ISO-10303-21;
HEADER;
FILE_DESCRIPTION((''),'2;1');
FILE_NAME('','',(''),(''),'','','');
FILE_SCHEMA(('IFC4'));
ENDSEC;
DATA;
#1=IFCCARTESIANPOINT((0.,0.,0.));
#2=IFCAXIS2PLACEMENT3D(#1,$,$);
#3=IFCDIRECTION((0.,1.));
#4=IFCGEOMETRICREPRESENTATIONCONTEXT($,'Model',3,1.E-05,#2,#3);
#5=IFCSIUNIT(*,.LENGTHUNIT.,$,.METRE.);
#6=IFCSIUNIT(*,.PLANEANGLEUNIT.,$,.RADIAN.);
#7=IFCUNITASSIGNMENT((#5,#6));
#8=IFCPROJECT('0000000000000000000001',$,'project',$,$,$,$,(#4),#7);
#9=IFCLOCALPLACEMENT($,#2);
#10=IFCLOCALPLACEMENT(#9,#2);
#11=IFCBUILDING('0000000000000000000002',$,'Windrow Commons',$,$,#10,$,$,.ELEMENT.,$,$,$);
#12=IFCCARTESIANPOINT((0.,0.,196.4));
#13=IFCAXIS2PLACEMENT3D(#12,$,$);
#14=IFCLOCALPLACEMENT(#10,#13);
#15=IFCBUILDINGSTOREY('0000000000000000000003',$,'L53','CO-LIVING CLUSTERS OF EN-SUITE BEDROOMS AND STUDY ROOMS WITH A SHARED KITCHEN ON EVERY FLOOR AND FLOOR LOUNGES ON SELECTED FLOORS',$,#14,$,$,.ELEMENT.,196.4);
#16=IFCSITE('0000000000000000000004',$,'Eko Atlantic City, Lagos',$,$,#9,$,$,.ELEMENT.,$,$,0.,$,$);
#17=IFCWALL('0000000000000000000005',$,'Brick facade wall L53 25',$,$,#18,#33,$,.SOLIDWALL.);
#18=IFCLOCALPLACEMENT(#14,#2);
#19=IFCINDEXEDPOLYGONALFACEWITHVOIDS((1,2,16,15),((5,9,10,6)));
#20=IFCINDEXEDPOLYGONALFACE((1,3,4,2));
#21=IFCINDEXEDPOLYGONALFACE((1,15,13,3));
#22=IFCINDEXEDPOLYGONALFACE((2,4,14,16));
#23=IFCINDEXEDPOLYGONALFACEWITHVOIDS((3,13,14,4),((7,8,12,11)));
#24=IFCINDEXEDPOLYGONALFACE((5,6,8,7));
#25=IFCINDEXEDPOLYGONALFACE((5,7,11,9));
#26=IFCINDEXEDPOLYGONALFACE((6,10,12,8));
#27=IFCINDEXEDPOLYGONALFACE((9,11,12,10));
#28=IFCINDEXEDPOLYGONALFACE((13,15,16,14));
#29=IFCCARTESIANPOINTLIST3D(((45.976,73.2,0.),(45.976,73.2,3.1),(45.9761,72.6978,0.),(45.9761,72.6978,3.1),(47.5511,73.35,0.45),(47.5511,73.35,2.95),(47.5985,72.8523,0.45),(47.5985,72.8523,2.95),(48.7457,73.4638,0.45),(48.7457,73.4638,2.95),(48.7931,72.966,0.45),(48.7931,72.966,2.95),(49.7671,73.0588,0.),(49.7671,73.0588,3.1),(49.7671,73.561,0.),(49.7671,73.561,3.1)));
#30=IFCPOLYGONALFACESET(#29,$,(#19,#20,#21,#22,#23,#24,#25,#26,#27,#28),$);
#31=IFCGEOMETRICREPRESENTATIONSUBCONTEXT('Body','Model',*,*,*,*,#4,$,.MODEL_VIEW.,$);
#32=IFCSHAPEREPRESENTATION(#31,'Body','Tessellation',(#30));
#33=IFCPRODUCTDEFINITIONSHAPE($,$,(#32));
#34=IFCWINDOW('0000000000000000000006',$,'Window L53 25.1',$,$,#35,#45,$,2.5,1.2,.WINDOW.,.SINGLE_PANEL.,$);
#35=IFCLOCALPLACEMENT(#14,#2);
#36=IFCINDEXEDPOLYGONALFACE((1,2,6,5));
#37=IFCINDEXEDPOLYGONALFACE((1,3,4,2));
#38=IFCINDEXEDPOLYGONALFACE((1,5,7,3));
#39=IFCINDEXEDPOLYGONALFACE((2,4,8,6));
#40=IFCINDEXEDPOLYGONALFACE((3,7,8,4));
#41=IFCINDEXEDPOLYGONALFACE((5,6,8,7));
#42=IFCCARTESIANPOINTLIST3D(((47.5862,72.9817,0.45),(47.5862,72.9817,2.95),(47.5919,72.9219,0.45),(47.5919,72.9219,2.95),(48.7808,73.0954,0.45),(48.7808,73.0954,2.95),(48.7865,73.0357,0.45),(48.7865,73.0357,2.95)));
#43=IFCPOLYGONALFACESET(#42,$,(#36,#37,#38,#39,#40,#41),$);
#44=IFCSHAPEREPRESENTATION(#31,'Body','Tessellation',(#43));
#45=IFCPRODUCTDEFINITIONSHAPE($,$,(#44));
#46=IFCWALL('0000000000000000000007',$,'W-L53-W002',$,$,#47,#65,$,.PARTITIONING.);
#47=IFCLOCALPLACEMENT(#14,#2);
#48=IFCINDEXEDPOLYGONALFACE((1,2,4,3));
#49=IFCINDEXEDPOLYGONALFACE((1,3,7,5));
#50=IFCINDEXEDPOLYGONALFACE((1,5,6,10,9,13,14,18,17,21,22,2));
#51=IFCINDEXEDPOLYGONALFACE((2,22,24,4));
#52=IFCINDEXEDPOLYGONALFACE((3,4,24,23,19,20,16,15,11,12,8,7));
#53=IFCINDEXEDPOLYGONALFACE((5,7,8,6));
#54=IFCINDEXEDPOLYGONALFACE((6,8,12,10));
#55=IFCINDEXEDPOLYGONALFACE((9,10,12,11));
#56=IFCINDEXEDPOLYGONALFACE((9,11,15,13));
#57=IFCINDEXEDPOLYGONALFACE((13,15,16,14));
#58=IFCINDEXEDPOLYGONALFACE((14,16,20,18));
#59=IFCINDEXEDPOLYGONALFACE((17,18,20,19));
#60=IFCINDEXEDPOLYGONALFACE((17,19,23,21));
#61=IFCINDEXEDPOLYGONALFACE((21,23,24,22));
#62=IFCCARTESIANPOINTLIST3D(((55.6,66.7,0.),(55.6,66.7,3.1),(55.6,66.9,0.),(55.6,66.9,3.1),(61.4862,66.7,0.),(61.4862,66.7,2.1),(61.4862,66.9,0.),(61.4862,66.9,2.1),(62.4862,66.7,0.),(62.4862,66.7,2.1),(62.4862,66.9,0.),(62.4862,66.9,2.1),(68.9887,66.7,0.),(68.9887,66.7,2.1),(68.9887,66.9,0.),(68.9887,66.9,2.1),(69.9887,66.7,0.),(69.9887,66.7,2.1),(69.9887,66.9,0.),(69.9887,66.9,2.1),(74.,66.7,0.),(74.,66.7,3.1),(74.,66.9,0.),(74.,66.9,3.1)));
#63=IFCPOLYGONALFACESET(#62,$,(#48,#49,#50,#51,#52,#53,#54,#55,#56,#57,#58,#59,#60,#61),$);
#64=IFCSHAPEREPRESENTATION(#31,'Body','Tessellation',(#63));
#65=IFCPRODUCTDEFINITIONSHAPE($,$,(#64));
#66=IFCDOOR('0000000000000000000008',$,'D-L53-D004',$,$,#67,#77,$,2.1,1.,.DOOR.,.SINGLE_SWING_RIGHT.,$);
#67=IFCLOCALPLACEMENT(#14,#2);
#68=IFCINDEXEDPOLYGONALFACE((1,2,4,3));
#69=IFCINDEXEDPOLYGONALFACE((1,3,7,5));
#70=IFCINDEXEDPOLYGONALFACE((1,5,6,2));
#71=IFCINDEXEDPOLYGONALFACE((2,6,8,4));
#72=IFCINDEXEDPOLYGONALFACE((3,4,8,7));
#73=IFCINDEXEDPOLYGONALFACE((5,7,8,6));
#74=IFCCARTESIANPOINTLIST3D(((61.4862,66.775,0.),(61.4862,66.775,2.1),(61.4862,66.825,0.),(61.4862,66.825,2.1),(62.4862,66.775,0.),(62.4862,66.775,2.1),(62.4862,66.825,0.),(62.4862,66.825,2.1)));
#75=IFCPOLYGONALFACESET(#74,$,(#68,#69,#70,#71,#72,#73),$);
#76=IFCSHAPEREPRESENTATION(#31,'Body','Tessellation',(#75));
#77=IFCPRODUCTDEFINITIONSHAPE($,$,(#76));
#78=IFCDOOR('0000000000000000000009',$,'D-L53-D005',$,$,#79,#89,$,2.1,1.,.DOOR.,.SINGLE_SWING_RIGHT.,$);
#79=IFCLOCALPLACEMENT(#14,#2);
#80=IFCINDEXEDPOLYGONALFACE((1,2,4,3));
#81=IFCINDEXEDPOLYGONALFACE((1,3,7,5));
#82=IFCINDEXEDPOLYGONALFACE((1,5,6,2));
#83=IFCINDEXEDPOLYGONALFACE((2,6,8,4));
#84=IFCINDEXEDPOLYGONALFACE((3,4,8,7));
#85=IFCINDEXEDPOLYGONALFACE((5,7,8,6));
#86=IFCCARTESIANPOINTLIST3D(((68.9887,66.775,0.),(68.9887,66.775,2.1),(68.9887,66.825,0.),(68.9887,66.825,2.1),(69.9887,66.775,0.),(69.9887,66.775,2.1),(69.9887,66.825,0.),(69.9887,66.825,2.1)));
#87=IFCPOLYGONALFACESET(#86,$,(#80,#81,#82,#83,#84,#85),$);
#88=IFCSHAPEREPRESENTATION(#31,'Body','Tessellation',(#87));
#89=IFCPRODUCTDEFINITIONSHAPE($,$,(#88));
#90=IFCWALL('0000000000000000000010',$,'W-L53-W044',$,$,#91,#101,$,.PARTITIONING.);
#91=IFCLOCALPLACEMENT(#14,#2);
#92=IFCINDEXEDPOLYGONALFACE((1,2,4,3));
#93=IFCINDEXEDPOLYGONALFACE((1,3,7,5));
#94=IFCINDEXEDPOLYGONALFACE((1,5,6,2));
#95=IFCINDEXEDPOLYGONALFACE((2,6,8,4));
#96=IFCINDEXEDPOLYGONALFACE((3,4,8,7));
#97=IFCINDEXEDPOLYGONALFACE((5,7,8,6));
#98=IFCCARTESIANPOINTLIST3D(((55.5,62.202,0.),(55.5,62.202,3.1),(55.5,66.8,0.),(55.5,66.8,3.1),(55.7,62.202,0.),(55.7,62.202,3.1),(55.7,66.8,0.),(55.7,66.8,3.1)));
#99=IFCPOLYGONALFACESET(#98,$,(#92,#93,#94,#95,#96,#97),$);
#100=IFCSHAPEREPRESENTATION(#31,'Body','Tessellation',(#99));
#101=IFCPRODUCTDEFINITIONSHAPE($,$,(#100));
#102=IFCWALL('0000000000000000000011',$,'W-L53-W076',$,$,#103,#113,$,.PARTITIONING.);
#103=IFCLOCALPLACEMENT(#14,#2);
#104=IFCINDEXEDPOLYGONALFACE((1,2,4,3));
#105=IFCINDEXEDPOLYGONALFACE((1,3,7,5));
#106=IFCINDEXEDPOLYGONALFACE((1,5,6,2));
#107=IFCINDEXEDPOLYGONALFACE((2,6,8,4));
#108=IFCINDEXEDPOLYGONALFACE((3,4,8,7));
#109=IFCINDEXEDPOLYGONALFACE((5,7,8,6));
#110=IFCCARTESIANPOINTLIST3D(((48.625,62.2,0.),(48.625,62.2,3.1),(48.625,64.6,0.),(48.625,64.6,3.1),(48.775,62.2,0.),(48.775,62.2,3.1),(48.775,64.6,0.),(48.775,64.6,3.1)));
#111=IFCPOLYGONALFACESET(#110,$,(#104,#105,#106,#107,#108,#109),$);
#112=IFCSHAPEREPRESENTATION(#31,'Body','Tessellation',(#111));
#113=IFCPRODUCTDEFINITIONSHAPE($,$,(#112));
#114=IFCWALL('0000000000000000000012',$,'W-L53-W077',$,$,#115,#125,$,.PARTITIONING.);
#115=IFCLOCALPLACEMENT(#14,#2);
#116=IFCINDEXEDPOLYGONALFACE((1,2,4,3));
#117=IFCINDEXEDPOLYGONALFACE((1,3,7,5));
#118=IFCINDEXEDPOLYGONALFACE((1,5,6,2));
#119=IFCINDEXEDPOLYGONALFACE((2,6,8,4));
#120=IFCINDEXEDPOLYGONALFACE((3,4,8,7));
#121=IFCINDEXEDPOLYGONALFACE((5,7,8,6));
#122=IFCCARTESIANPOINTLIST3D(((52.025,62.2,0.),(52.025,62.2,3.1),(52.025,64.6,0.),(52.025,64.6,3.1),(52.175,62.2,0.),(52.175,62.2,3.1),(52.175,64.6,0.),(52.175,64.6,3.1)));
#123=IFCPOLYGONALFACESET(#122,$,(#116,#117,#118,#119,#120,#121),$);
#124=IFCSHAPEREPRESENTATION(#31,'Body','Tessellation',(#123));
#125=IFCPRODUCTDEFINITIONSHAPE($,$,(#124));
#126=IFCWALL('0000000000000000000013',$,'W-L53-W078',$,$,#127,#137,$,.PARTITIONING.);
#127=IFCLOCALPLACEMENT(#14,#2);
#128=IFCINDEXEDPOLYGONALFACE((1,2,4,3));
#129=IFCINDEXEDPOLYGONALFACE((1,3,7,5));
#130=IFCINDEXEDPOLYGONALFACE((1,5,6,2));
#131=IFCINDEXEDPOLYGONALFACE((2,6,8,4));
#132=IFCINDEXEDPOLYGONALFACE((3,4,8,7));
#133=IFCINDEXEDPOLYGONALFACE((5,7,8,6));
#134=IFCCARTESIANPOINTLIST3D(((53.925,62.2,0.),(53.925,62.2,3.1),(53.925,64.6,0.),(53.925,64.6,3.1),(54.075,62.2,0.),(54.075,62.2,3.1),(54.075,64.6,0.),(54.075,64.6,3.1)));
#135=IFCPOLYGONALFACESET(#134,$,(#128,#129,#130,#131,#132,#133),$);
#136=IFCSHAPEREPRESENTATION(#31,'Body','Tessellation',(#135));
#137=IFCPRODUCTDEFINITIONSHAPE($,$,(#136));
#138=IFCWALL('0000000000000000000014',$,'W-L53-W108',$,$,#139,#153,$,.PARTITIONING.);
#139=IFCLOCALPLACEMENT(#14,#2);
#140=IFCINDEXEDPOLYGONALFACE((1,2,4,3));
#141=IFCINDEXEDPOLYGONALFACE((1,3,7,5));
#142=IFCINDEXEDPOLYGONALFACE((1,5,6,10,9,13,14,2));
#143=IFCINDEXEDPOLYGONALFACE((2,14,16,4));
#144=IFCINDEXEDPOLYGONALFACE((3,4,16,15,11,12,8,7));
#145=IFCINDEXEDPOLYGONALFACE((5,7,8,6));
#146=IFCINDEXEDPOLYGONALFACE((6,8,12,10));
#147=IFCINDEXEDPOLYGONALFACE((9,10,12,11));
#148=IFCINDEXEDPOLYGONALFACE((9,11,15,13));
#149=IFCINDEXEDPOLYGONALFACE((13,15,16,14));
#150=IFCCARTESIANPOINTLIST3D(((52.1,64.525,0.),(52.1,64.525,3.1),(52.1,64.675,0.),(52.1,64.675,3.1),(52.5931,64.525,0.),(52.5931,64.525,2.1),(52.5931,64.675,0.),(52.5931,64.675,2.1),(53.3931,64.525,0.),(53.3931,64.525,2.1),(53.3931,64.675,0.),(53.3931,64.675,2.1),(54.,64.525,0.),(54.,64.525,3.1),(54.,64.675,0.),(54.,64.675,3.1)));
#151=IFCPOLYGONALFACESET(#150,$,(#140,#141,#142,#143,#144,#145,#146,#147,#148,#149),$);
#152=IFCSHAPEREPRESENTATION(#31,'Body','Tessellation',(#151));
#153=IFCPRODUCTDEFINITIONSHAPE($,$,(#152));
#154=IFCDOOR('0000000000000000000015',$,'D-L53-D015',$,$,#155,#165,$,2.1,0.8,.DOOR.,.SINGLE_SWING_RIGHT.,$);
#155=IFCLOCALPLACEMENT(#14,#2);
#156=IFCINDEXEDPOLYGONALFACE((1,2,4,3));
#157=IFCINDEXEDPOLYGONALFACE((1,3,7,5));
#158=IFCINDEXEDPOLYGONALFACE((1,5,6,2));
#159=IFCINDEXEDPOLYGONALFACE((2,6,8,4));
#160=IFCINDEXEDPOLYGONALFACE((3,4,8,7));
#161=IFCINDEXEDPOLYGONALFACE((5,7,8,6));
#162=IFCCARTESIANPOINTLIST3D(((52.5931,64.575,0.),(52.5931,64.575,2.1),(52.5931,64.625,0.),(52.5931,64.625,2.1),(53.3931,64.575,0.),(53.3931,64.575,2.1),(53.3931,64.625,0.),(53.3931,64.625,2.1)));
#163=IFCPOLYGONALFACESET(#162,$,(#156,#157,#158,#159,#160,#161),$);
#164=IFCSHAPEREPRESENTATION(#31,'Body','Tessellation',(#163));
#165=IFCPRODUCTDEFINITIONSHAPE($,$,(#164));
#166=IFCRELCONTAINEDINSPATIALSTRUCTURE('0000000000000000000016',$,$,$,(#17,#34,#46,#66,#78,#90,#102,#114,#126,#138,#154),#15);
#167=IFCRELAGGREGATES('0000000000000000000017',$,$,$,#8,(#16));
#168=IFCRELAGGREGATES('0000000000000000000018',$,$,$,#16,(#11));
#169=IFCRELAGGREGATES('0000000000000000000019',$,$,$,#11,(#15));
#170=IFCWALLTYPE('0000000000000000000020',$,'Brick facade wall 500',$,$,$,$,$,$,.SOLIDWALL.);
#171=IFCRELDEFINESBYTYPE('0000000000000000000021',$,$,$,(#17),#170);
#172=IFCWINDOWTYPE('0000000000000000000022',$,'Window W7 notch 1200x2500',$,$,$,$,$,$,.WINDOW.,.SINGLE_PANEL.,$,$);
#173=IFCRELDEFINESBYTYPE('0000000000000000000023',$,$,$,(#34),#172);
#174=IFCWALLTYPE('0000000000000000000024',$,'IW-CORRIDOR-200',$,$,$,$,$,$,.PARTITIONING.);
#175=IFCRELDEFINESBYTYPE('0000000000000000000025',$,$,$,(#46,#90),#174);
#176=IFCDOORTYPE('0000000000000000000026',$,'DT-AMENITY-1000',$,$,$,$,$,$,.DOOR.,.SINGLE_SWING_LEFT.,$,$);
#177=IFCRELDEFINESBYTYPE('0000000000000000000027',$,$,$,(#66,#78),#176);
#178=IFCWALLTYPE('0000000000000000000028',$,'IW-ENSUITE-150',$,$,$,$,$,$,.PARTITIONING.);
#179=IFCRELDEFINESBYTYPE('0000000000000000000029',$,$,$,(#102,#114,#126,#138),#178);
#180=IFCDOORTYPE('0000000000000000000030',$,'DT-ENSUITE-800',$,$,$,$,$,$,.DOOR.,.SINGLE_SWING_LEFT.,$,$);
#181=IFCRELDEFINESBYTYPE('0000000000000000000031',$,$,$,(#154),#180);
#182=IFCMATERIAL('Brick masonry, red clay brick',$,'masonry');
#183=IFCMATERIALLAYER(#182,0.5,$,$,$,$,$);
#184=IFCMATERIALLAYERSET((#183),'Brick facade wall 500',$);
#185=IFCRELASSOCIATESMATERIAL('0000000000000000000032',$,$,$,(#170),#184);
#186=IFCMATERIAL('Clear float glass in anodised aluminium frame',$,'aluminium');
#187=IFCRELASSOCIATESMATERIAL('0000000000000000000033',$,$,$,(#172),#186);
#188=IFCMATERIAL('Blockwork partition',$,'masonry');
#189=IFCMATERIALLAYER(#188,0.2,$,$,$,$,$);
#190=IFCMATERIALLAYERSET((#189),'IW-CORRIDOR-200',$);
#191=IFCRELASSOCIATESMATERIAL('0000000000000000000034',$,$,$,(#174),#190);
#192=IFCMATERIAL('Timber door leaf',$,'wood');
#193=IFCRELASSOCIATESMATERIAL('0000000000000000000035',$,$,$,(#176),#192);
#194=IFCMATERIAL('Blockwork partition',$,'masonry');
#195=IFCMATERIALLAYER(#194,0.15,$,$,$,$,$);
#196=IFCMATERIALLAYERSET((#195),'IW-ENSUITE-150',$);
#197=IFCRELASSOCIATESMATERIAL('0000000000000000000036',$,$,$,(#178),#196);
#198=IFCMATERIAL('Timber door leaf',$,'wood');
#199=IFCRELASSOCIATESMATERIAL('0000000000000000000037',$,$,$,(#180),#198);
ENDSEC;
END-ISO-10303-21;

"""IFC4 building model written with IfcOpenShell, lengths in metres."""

from ifc_helpers import new_model, si_unit, direction, frame, frame_2d, origin, place, context, subcontext, project, spatial, polyline, rectangle, outline, extrude, material, layer, layer_set, type_object, element, fill, save


model = new_model("IFC4")

# Units and contexts
model_context = context("Model", 3, precision=1e-05, world=origin(), true_north=direction((0.0, 1.0)))
body_context = subcontext(model_context, "Body", "Model", "MODEL_VIEW")
ifc_project = project(units=[si_unit("LENGTHUNIT", "METRE"), si_unit("PLANEANGLEUNIT", "RADIAN")], contexts=[model_context])

# Site, building, storey
site_placement = place(None, origin())
site = spatial("IfcSite", under=ifc_project, at=site_placement, Name="Eko Atlantic City, Lagos", CompositionType="ELEMENT", RefElevation=0.0)
building_placement = place(site_placement, origin())
building = spatial("IfcBuilding", under=site, at=building_placement, Name="Windrow Commons", CompositionType="ELEMENT")
storey_placement = place(building_placement, frame((0.0, 0.0, 196.4)))
storey = spatial("IfcBuildingStorey", under=building, at=storey_placement, Name="L53", Description="CO-LIVING CLUSTERS OF EN-SUITE BEDROOMS AND STUDY ROOMS WITH A SHARED KITCHEN ON EVERY FLOOR AND FLOOR LOUNGES ON SELECTED FLOORS", CompositionType="ELEMENT", Elevation=196.4)

# Shared definitions
ifc_material_1 = material(Name="Brick masonry, red clay brick", Category="masonry")
ifc_layer_1 = layer(ifc_material_1, 0.5)
ifc_layer_set_1 = layer_set([ifc_layer_1], Name="Brick facade wall 500")
wall_type_1 = type_object("IfcWallType", Name="Brick facade wall 500", PredefinedType="SOLIDWALL", material=ifc_layer_set_1)

# Wall, opening, window
ifc_material_2 = material(Name="Clear float glass in anodised aluminium frame", Category="aluminium")
window_type_1 = type_object("IfcWindowType", Name="Window W7 notch 1200x2500", PartitioningType="SINGLE_PANEL", PredefinedType="WINDOW", material=ifc_material_2)
wall_1_placement = place(storey_placement, frame((49.7671, 73.3099, 0.0), z_axis=(0.0, 0.0, 1.0), x_axis=(-0.995497, -0.094797, 0.0)))
wall_1 = element("IfcWall", 1, at=wall_1_placement, inside=storey, type_object=wall_type_1, Name="Brick facade wall L53 25", PredefinedType="SOLIDWALL", context=body_context, shape_type="SweptSolid", body=[
    extrude(outline(polyline([(-0.0238, -0.25), (3.7844, -0.25), (3.832, 0.25), (0.0238, 0.25), (-0.0238, -0.25)])), origin(), (0.0, 0.0, 1.0), 3.1),
])
opening_1_placement = place(wall_1_placement, frame((1.0022, 0.0, 0.45)))
opening_1 = element("IfcOpeningElement", 2, at=opening_1_placement, cuts=wall_1, PredefinedType="OPENING", context=body_context, shape_type="SweptSolid", body=[
    extrude(rectangle(XDim=1.2, YDim=2.5, at=frame_2d((0.6, 1.25))), frame((0.0, 0.26, 0.0), z_axis=(0.0, -1.0, 0.0), x_axis=(1.0, 0.0, 0.0)), (0.0, 0.0, 1.0), 0.52),
])
window_1_placement = place(opening_1_placement, origin())
window_1 = element("IfcWindow", 3, at=window_1_placement, inside=storey, type_object=window_type_1, Name="Window L53 25.1", OverallHeight=2.5, OverallWidth=1.2, PartitioningType="SINGLE_PANEL", PredefinedType="WINDOW", context=body_context, shape_type="SweptSolid", body=[
    extrude(rectangle(XDim=1.2, YDim=2.5, at=frame_2d((0.6, 1.25))), frame((0.0, 0.18, 0.0), z_axis=(0.0, -1.0, 0.0), x_axis=(1.0, 0.0, 0.0)), (0.0, 0.0, 1.0), 0.06),
])
fill(opening_1, window_1)

# Wall, openings, doors
ifc_material_3 = material(Name="Blockwork partition", Category="masonry")
ifc_layer_2 = layer(ifc_material_3, 0.2)
ifc_layer_set_2 = layer_set([ifc_layer_2], Name="IW-CORRIDOR-200")
wall_type_2 = type_object("IfcWallType", Name="IW-CORRIDOR-200", PredefinedType="PARTITIONING", material=ifc_layer_set_2)
wall_2_placement = place(storey_placement, frame((55.6, 66.8, 0.0), z_axis=(0.0, 0.0, 1.0), x_axis=(1.0, 0.0, 0.0)))
wall_2 = element("IfcWall", 4, at=wall_2_placement, inside=storey, type_object=wall_type_2, Name="W-L53-W002", PredefinedType="PARTITIONING", context=body_context, shape_type="SweptSolid", body=[
    extrude(rectangle(XDim=18.4, YDim=0.2, at=frame_2d((9.2, 0.0))), origin(), (0.0, 0.0, 1.0), 3.1),
])
opening_2_placement = place(wall_2_placement, frame((5.8862, 0.0, 0.0)))
opening_2 = element("IfcOpeningElement", 5, at=opening_2_placement, cuts=wall_2, PredefinedType="OPENING", context=body_context, shape_type="SweptSolid", body=[
    extrude(rectangle(XDim=1.0, YDim=2.1, at=frame_2d((0.5, 1.05))), frame((0.0, 0.11, 0.0), z_axis=(0.0, -1.0, 0.0), x_axis=(1.0, 0.0, 0.0)), (0.0, 0.0, 1.0), 0.22),
])
opening_3_placement = place(wall_2_placement, frame((13.3887, 0.0, 0.0)))
opening_3 = element("IfcOpeningElement", 6, at=opening_3_placement, cuts=wall_2, PredefinedType="OPENING", context=body_context, shape_type="SweptSolid", body=[
    extrude(rectangle(XDim=1.0, YDim=2.1, at=frame_2d((0.5, 1.05))), frame((0.0, 0.11, 0.0), z_axis=(0.0, -1.0, 0.0), x_axis=(1.0, 0.0, 0.0)), (0.0, 0.0, 1.0), 0.22),
])
ifc_material_4 = material(Name="Timber door leaf", Category="wood")
door_type_1 = type_object("IfcDoorType", Name="DT-AMENITY-1000", OperationType="SINGLE_SWING_LEFT", PredefinedType="DOOR", material=ifc_material_4)
door_1_placement = place(opening_2_placement, origin())
door_1 = element("IfcDoor", 7, at=door_1_placement, inside=storey, type_object=door_type_1, Name="D-L53-D004", OperationType="SINGLE_SWING_RIGHT", OverallHeight=2.1, OverallWidth=1.0, PredefinedType="DOOR", context=body_context, shape_type="SweptSolid", body=[
    extrude(rectangle(XDim=1.0, YDim=2.1, at=frame_2d((0.5, 1.05))), frame((0.0, 0.025, 0.0), z_axis=(0.0, -1.0, 0.0), x_axis=(1.0, 0.0, 0.0)), (0.0, 0.0, 1.0), 0.05),
])
fill(opening_2, door_1)
door_2_placement = place(opening_3_placement, origin())
door_2 = element("IfcDoor", 8, at=door_2_placement, inside=storey, type_object=door_type_1, Name="D-L53-D005", OperationType="SINGLE_SWING_RIGHT", OverallHeight=2.1, OverallWidth=1.0, PredefinedType="DOOR", context=body_context, shape_type="SweptSolid", body=[
    extrude(rectangle(XDim=1.0, YDim=2.1, at=frame_2d((0.5, 1.05))), frame((0.0, 0.025, 0.0), z_axis=(0.0, -1.0, 0.0), x_axis=(1.0, 0.0, 0.0)), (0.0, 0.0, 1.0), 0.05),
])
fill(opening_3, door_2)

# Walls
wall_3_placement = place(storey_placement, frame((55.6, 62.202, 0.0), z_axis=(0.0, 0.0, 1.0), x_axis=(0.0, 1.0, 0.0)))
element("IfcWall", 9, at=wall_3_placement, inside=storey, type_object=wall_type_2, Name="W-L53-W044", PredefinedType="PARTITIONING", context=body_context, shape_type="SweptSolid", body=[
    extrude(rectangle(XDim=4.598, YDim=0.2, at=frame_2d((2.299, 0.0))), origin(), (0.0, 0.0, 1.0), 3.1),
])
ifc_material_5 = material(Name="Blockwork partition", Category="masonry")
ifc_layer_3 = layer(ifc_material_5, 0.15)
ifc_layer_set_3 = layer_set([ifc_layer_3], Name="IW-ENSUITE-150")
wall_type_3 = type_object("IfcWallType", Name="IW-ENSUITE-150", PredefinedType="PARTITIONING", material=ifc_layer_set_3)
for number, where, z_axis, x_axis, name in (
    (10, (48.7, 62.2, 0.0), (0.0, 0.0, 1.0), (0.0, 1.0, 0.0), "W-L53-W076"),
    (11, (52.1, 62.2, 0.0), (0.0, 0.0, 1.0), (0.0, 1.0, 0.0), "W-L53-W077"),
    (12, (54.0, 62.2, 0.0), (0.0, 0.0, 1.0), (0.0, 1.0, 0.0), "W-L53-W078"),
):
    element("IfcWall", number, at=place(storey_placement, frame(where, z_axis=z_axis, x_axis=x_axis)), inside=storey, type_object=wall_type_3, Name=name, PredefinedType="PARTITIONING", context=body_context, shape_type="SweptSolid", body=[
        extrude(rectangle(XDim=2.4, YDim=0.15, at=frame_2d((1.2, 0.0))), origin(), (0.0, 0.0, 1.0), 3.1),
    ])

# Wall, opening, door
wall_4_placement = place(storey_placement, frame((52.1, 64.6, 0.0), z_axis=(0.0, 0.0, 1.0), x_axis=(1.0, 0.0, 0.0)))
wall_4 = element("IfcWall", 13, at=wall_4_placement, inside=storey, type_object=wall_type_3, Name="W-L53-W108", PredefinedType="PARTITIONING", context=body_context, shape_type="SweptSolid", body=[
    extrude(rectangle(XDim=1.9, YDim=0.15, at=frame_2d((0.95, 0.0))), origin(), (0.0, 0.0, 1.0), 3.1),
])
opening_4_placement = place(wall_4_placement, frame((0.4931, 0.0, 0.0)))
opening_4 = element("IfcOpeningElement", 14, at=opening_4_placement, cuts=wall_4, PredefinedType="OPENING", context=body_context, shape_type="SweptSolid", body=[
    extrude(rectangle(XDim=0.8, YDim=2.1, at=frame_2d((0.4, 1.05))), frame((0.0, 0.085, 0.0), z_axis=(0.0, -1.0, 0.0), x_axis=(1.0, 0.0, 0.0)), (0.0, 0.0, 1.0), 0.17),
])
ifc_material_6 = material(Name="Timber door leaf", Category="wood")
door_type_2 = type_object("IfcDoorType", Name="DT-ENSUITE-800", OperationType="SINGLE_SWING_LEFT", PredefinedType="DOOR", material=ifc_material_6)
door_3_placement = place(opening_4_placement, origin())
door_3 = element("IfcDoor", 15, at=door_3_placement, inside=storey, type_object=door_type_2, Name="D-L53-D015", OperationType="SINGLE_SWING_RIGHT", OverallHeight=2.1, OverallWidth=0.8, PredefinedType="DOOR", context=body_context, shape_type="SweptSolid", body=[
    extrude(rectangle(XDim=0.8, YDim=2.1, at=frame_2d((0.4, 1.05))), frame((0.0, 0.025, 0.0), z_axis=(0.0, -1.0, 0.0), x_axis=(1.0, 0.0, 0.0)), (0.0, 0.0, 1.0), 0.05),
])
fill(opening_4, door_3)

save(model, "model.ifc")
